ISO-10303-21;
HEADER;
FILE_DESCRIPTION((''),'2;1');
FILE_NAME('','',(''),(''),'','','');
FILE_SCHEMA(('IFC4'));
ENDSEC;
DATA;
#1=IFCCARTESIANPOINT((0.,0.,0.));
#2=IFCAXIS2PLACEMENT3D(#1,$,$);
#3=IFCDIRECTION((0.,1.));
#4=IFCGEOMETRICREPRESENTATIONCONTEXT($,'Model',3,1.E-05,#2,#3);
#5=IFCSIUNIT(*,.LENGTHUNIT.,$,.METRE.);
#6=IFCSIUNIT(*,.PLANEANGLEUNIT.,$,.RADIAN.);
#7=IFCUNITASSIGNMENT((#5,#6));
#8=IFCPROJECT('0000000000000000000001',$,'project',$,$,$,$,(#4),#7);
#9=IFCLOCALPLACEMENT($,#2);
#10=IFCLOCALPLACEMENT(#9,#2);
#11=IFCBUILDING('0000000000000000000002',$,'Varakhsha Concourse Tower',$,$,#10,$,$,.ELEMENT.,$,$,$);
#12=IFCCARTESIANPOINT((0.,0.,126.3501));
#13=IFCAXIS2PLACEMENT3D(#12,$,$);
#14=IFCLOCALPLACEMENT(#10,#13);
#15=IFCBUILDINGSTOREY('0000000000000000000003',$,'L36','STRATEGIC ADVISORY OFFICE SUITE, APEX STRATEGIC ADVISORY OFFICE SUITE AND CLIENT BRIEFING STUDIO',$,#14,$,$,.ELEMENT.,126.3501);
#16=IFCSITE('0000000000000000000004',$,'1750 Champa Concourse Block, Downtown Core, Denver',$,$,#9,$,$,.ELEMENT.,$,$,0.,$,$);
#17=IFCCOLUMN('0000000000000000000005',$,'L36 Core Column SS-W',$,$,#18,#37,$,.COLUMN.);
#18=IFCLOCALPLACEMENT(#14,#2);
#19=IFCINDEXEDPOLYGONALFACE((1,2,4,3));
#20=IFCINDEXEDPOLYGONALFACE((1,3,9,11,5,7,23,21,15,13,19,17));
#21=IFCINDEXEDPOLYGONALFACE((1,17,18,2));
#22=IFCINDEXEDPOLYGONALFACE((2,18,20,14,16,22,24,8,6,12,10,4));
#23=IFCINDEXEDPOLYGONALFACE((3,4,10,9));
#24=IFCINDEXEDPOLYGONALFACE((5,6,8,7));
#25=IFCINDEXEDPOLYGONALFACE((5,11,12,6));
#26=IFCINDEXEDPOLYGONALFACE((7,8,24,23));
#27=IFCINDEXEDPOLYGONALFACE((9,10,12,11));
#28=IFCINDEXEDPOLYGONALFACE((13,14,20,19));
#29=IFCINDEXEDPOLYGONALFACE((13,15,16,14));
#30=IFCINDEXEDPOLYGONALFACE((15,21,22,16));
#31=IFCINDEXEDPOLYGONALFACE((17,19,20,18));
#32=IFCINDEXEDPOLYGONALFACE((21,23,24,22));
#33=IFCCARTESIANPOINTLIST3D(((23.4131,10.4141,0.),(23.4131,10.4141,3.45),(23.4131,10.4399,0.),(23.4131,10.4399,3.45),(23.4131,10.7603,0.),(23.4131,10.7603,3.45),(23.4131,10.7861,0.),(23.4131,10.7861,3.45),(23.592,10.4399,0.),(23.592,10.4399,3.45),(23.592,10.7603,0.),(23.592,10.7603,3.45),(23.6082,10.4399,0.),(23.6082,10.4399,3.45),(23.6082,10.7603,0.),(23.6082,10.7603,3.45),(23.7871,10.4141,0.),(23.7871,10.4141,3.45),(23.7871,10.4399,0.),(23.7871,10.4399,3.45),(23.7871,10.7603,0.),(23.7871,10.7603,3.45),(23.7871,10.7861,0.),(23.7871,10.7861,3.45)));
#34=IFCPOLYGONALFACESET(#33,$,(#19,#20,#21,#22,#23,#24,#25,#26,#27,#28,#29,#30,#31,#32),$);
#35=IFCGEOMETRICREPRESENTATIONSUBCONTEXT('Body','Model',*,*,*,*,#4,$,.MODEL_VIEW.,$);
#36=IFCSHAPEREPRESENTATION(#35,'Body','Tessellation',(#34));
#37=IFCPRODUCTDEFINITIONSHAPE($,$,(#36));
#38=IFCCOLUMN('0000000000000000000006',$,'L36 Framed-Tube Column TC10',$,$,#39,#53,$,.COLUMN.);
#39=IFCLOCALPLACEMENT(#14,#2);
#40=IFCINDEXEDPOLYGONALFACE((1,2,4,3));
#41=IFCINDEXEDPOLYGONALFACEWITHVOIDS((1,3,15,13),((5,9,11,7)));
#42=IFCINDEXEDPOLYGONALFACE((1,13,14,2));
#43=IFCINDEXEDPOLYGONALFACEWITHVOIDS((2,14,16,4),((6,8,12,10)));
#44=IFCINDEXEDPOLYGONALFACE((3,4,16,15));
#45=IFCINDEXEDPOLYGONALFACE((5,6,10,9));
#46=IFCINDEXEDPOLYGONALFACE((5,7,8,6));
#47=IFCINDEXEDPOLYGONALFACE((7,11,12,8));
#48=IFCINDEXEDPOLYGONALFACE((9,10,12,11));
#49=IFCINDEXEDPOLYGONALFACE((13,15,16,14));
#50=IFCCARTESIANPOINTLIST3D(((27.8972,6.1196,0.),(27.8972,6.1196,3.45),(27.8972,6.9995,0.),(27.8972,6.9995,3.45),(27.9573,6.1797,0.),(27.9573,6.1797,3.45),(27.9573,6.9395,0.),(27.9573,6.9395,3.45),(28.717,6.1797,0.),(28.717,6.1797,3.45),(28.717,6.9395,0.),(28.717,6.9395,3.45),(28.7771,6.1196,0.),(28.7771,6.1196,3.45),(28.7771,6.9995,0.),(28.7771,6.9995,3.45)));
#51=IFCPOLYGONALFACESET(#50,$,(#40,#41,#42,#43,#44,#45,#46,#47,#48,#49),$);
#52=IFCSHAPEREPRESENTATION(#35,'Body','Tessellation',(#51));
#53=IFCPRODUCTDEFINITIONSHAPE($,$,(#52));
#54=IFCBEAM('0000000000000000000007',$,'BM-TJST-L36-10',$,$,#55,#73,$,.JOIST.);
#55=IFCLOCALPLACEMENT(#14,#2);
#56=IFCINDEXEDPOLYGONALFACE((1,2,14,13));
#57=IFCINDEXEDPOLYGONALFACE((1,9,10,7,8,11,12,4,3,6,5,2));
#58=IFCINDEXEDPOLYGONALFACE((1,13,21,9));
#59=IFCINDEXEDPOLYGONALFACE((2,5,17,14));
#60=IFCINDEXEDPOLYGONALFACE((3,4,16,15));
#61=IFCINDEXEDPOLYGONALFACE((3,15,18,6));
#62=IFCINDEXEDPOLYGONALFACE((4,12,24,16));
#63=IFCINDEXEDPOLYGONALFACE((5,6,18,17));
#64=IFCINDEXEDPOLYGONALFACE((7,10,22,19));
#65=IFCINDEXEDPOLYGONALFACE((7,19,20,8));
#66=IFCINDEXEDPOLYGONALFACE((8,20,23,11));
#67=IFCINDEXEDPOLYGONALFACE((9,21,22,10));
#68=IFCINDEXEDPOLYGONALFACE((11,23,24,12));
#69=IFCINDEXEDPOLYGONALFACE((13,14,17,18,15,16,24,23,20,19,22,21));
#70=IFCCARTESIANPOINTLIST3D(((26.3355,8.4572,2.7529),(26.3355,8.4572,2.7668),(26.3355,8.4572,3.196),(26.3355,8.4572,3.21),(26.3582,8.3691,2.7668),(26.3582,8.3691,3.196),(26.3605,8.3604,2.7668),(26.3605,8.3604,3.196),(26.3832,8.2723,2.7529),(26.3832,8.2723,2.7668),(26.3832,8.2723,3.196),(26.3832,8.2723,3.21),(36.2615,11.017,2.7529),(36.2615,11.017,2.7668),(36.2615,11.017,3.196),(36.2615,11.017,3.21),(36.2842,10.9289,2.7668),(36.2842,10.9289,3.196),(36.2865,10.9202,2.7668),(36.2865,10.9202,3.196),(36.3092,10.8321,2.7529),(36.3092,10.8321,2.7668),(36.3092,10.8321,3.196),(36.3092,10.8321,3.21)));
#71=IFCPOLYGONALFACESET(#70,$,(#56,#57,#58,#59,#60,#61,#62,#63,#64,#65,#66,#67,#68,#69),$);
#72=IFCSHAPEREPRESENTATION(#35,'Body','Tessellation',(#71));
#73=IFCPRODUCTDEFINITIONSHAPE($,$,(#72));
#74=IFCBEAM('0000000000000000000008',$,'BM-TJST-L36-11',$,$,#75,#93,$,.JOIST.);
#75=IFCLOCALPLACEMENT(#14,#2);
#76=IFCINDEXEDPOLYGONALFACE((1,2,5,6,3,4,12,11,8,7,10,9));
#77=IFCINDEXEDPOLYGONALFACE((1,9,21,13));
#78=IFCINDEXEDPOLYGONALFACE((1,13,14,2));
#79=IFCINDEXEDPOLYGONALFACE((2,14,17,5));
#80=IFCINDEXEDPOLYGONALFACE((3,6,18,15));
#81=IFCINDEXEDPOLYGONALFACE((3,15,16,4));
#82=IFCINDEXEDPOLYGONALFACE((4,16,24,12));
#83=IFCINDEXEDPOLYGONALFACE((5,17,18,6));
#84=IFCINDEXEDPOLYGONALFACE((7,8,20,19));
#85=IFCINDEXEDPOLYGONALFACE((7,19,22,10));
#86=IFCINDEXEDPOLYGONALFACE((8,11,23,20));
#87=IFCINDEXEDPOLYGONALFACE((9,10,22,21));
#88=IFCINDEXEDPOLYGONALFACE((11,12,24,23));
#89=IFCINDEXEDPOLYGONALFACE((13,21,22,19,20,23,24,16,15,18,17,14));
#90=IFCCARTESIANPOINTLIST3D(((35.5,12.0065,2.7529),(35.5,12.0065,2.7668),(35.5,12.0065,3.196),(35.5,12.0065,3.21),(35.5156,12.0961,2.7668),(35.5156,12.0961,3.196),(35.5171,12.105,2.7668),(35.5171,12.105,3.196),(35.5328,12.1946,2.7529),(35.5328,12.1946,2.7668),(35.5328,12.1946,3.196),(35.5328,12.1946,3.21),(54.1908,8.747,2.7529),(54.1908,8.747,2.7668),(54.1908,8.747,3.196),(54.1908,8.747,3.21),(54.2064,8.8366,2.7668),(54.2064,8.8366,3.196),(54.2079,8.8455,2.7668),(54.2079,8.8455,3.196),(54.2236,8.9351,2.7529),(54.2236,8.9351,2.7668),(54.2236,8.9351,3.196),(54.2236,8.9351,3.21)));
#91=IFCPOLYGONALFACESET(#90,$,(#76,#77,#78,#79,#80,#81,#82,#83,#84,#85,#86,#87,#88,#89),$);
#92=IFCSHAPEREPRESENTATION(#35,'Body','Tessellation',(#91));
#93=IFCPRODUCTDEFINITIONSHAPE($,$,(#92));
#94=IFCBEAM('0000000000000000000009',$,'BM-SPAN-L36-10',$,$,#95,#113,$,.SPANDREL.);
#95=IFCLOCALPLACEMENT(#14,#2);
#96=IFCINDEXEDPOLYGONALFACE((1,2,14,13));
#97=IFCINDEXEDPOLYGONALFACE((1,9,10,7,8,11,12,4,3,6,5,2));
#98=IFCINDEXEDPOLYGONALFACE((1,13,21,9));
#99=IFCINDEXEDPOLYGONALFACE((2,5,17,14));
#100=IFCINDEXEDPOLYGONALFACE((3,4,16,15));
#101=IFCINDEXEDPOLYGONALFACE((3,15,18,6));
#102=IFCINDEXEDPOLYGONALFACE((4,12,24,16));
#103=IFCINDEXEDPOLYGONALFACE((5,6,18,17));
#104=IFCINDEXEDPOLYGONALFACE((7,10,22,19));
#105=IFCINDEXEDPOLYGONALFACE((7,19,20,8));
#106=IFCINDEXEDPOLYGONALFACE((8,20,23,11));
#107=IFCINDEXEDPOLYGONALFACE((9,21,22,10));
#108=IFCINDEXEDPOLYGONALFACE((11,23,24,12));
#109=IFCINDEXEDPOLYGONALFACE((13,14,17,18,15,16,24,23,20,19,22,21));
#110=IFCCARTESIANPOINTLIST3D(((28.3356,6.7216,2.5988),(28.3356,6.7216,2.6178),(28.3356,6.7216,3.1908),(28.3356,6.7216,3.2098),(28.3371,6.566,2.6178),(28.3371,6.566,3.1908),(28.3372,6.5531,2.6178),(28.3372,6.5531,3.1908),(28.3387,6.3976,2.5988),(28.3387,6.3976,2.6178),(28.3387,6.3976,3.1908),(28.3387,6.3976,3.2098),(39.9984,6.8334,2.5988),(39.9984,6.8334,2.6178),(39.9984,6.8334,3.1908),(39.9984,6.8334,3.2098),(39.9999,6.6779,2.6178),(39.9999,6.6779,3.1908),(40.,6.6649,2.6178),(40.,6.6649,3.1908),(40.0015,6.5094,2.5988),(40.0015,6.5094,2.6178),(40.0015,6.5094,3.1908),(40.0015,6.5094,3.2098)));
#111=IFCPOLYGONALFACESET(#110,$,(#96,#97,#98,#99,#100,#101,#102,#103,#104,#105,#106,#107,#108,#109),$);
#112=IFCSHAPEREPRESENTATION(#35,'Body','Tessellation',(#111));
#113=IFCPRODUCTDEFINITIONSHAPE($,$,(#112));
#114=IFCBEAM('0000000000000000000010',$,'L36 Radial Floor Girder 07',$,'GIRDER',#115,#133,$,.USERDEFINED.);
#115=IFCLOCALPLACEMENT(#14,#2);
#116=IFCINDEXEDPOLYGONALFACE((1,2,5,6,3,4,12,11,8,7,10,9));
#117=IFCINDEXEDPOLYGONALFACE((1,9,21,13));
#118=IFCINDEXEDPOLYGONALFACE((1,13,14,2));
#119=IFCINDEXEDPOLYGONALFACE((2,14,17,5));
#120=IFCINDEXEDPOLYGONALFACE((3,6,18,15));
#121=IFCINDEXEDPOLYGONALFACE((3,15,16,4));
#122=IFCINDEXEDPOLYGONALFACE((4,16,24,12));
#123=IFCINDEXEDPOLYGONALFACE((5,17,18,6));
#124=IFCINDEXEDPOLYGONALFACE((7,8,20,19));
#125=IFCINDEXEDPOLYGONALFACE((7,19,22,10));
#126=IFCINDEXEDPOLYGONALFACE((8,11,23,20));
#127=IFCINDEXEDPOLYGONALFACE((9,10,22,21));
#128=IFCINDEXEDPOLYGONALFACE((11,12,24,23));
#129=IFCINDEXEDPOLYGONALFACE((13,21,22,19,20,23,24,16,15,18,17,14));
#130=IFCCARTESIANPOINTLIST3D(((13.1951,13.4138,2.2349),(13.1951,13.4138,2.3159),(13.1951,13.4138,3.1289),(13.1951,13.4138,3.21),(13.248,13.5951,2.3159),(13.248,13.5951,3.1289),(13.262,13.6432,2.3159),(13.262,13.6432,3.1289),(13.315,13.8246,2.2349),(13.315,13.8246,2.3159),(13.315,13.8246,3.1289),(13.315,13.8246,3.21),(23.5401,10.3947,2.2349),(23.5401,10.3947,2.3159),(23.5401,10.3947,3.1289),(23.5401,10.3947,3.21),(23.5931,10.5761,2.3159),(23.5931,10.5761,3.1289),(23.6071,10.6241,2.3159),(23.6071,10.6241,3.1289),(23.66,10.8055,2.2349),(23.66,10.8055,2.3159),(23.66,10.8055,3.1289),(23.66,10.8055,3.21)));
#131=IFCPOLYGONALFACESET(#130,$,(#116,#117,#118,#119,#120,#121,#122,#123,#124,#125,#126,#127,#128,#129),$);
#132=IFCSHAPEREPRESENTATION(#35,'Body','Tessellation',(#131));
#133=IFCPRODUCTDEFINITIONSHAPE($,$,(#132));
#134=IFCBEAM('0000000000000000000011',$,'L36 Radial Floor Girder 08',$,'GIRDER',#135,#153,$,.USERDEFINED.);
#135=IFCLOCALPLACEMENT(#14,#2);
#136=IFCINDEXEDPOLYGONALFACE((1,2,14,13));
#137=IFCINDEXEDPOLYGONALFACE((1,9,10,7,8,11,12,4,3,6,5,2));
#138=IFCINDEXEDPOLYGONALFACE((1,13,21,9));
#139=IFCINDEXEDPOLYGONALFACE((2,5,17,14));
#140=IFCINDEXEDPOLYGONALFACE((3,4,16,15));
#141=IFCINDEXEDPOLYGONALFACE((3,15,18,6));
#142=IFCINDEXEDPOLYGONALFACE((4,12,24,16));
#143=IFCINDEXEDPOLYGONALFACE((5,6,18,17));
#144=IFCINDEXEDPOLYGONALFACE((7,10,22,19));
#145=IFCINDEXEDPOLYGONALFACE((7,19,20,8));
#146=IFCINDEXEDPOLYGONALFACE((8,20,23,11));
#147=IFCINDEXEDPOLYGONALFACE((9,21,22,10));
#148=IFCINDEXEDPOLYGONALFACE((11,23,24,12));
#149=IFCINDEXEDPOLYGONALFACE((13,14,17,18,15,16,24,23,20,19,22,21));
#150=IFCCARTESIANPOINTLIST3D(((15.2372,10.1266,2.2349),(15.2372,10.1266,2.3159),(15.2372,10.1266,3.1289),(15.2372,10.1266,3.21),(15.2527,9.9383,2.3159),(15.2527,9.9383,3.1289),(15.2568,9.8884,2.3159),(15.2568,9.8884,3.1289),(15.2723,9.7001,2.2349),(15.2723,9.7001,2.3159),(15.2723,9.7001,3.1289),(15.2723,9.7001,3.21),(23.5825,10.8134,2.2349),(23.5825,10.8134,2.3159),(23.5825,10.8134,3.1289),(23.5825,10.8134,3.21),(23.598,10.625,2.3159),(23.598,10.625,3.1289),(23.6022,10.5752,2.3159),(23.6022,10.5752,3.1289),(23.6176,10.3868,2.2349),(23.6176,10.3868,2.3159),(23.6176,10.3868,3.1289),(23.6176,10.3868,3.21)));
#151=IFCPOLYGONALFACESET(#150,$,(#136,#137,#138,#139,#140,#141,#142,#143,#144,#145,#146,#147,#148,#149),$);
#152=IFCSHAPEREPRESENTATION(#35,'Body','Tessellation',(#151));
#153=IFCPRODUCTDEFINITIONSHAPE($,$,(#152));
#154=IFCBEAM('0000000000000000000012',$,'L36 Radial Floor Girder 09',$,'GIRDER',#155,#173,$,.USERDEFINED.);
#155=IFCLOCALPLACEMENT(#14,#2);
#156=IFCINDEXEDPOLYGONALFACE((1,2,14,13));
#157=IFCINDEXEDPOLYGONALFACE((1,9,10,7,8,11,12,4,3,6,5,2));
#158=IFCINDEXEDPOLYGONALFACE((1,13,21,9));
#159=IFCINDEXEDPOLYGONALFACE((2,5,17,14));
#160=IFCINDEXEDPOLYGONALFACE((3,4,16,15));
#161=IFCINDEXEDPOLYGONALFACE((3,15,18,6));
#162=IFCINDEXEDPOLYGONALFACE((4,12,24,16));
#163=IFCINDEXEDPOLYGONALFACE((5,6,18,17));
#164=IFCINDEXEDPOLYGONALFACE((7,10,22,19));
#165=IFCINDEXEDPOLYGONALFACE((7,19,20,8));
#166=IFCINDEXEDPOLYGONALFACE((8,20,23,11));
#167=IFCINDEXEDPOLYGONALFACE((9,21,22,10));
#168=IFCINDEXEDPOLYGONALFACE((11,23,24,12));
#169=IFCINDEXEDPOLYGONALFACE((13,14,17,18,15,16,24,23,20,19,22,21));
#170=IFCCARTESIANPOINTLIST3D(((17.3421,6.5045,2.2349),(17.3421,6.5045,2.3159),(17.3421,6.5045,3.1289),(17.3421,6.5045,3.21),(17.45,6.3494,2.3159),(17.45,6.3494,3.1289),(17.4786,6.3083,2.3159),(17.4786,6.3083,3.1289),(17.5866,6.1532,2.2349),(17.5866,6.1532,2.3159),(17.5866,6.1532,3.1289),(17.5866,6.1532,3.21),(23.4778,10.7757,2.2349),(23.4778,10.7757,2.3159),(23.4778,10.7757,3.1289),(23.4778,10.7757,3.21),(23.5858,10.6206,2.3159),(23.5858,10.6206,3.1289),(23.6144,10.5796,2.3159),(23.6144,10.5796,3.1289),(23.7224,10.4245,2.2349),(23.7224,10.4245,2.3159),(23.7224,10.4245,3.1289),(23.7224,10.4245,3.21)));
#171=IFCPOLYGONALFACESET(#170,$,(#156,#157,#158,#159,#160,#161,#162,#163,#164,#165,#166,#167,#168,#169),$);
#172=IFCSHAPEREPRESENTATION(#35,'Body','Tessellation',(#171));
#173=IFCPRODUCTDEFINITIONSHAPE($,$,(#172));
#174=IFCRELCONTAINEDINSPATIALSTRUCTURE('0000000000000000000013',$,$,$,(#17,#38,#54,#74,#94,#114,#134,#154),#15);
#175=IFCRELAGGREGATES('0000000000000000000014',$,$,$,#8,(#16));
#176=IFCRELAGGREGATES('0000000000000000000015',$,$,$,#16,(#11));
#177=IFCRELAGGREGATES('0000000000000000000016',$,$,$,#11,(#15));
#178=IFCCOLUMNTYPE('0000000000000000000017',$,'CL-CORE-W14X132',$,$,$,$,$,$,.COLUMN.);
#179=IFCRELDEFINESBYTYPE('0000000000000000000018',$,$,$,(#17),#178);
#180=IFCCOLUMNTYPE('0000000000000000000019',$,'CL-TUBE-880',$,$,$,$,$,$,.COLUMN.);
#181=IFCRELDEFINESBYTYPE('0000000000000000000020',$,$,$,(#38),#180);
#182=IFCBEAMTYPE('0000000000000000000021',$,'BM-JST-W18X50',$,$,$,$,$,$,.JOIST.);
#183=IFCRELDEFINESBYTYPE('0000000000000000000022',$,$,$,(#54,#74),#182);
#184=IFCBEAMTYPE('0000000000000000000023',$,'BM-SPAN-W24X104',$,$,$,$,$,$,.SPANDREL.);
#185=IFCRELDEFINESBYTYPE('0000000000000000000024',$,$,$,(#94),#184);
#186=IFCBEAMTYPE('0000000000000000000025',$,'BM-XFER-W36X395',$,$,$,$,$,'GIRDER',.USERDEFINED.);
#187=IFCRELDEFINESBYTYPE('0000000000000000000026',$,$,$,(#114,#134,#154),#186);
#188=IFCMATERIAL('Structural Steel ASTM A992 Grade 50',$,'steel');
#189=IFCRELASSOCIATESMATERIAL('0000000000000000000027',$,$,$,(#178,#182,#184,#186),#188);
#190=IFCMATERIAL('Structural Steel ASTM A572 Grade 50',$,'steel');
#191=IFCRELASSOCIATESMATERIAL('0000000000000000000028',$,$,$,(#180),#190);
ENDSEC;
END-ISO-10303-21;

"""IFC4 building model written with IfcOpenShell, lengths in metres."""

from ifc_helpers import new_model, si_unit, direction, frame, origin, origin_2d, place, context, subcontext, project, spatial, hollow_rectangle, i_section, extrude, material, material_profile, profile_set, type_object, element, save


model = new_model("IFC4")

# Units and contexts
model_context = context("Model", 3, precision=1e-05, world=origin(), true_north=direction((0.0, 1.0)))
body_context = subcontext(model_context, "Body", "Model", "MODEL_VIEW")
ifc_project = project(units=[si_unit("LENGTHUNIT", "METRE"), si_unit("PLANEANGLEUNIT", "RADIAN")], contexts=[model_context])

# Site, building, storey
site_placement = place(None, origin())
site = spatial("IfcSite", under=ifc_project, at=site_placement, Name="1750 Champa Concourse Block, Downtown Core, Denver", CompositionType="ELEMENT", RefElevation=0.0)
building_placement = place(site_placement, origin())
building = spatial("IfcBuilding", under=site, at=building_placement, Name="Varakhsha Concourse Tower", CompositionType="ELEMENT")
storey_placement = place(building_placement, frame((0.0, 0.0, 126.3501)))
storey = spatial("IfcBuildingStorey", under=building, at=storey_placement, Name="L36", Description="STRATEGIC ADVISORY OFFICE SUITE, APEX STRATEGIC ADVISORY OFFICE SUITE AND CLIENT BRIEFING STUDIO", CompositionType="ELEMENT", Elevation=126.3501)

# Columns
ifc_material_1 = material(Name="Structural Steel ASTM A992 Grade 50", Category="steel")
ifc_material_profile_1 = material_profile(ifc_material_1, i_section(OverallWidth=0.374, OverallDepth=0.3721, WebThickness=0.0161, FlangeThickness=0.0259, at=origin_2d()), Name="W14X132")
ifc_profile_set_1 = profile_set([ifc_material_profile_1], Name="Structural Steel ASTM A992 Grade 50")
column_type_1 = type_object("IfcColumnType", Name="CL-CORE-W14X132", PredefinedType="COLUMN", material=ifc_profile_set_1)
column_1_placement = place(storey_placement, frame((23.6001, 10.6001, 0.0), z_axis=(0.0, 0.0, 1.0), x_axis=(1.0, 0.0, 0.0)))
element("IfcColumn", 1, at=column_1_placement, inside=storey, type_object=column_type_1, Name="L36 Core Column SS-W", PredefinedType="COLUMN", context=body_context, shape_type="SweptSolid", body=[
    extrude(i_section(OverallWidth=0.374, OverallDepth=0.3721, WebThickness=0.0161, FlangeThickness=0.0259, at=origin_2d()), origin(), (0.0, 0.0, 1.0), 3.45),
])
ifc_material_2 = material(Name="Structural Steel ASTM A572 Grade 50", Category="steel")
ifc_material_profile_2 = material_profile(ifc_material_2, hollow_rectangle(XDim=0.8799, YDim=0.8799, WallThickness=0.0601, at=origin_2d()), Name="BOX 880x880x60")
ifc_profile_set_2 = profile_set([ifc_material_profile_2], Name="Structural Steel ASTM A572 Grade 50")
column_type_2 = type_object("IfcColumnType", Name="CL-TUBE-880", PredefinedType="COLUMN", material=ifc_profile_set_2)
column_2_placement = place(storey_placement, frame((28.3372, 6.5596, 0.0), z_axis=(0.0, 0.0, 1.0), x_axis=(1.0, 0.0, 0.0)))
element("IfcColumn", 2, at=column_2_placement, inside=storey, type_object=column_type_2, Name="L36 Framed-Tube Column TC10", PredefinedType="COLUMN", context=body_context, shape_type="SweptSolid", body=[
    extrude(hollow_rectangle(XDim=0.8799, YDim=0.8799, WallThickness=0.0601, at=origin_2d()), origin(), (0.0, 0.0, 1.0), 3.45),
])

# Beams
ifc_material_profile_3 = material_profile(ifc_material_1, i_section(OverallWidth=0.1909, OverallDepth=0.457, WebThickness=0.009, FlangeThickness=0.0139, at=origin_2d()), Name="W18X50")
ifc_profile_set_3 = profile_set([ifc_material_profile_3], Name="Structural Steel ASTM A992 Grade 50")
beam_type_1 = type_object("IfcBeamType", Name="BM-JST-W18X50", PredefinedType="JOIST", material=ifc_profile_set_3)
beam_1_placement = place(storey_placement, frame((26.3594, 8.3647, 2.9814), z_axis=(0.968318, 0.249719, 0.0), x_axis=(-0.249719, 0.968318, 0.0)))
element("IfcBeam", 3, at=beam_1_placement, inside=storey, type_object=beam_type_1, Name="BM-TJST-L36-10", PredefinedType="JOIST", context=body_context, shape_type="SweptSolid", body=[
    extrude(i_section(OverallWidth=0.1909, OverallDepth=0.457, WebThickness=0.009, FlangeThickness=0.0139, at=origin_2d()), origin(), (0.0, 0.0, 1.0), 10.2507),
])
beam_2_placement = place(storey_placement, frame((35.5164, 12.1006, 2.9814), z_axis=(0.985132, -0.171798, 0.0), x_axis=(0.171798, 0.985132, 0.0)))
element("IfcBeam", 4, at=beam_2_placement, inside=storey, type_object=beam_type_1, Name="BM-TJST-L36-11", PredefinedType="JOIST", context=body_context, shape_type="SweptSolid", body=[
    extrude(i_section(OverallWidth=0.1909, OverallDepth=0.457, WebThickness=0.009, FlangeThickness=0.0139, at=origin_2d()), origin(), (0.0, 0.0, 1.0), 18.9729),
])
ifc_material_profile_4 = material_profile(ifc_material_1, i_section(OverallWidth=0.324, OverallDepth=0.6111, WebThickness=0.0129, FlangeThickness=0.019, at=origin_2d()), Name="W24X104")
ifc_profile_set_4 = profile_set([ifc_material_profile_4], Name="Structural Steel ASTM A992 Grade 50")
beam_type_2 = type_object("IfcBeamType", Name="BM-SPAN-W24X104", PredefinedType="SPANDREL", material=ifc_profile_set_4)
beam_3_placement = place(storey_placement, frame((28.3372, 6.5596, 2.9043), z_axis=(0.999954, 0.009587, 0.0), x_axis=(-0.009587, 0.999954, 0.0)))
element("IfcBeam", 5, at=beam_3_placement, inside=storey, type_object=beam_type_2, Name="BM-SPAN-L36-10", PredefinedType="SPANDREL", context=body_context, shape_type="SweptSolid", body=[
    extrude(i_section(OverallWidth=0.324, OverallDepth=0.6111, WebThickness=0.0129, FlangeThickness=0.019, at=origin_2d()), origin(), (0.0, 0.0, 1.0), 11.6633),
])
ifc_material_profile_5 = material_profile(ifc_material_1, i_section(OverallWidth=0.428, OverallDepth=0.9751, WebThickness=0.05, FlangeThickness=0.0811, at=origin_2d()), Name="W36X395")
ifc_profile_set_5 = profile_set([ifc_material_profile_5], Name="Structural Steel ASTM A992 Grade 50")
beam_type_3 = type_object("IfcBeamType", Name="BM-XFER-W36X395", ElementType="GIRDER", PredefinedType="USERDEFINED", material=ifc_profile_set_5)
beam_4_placement = place(storey_placement, frame((23.6001, 10.6001, 2.7224), z_axis=(-0.959956, 0.28015, 0.0), x_axis=(-0.28015, -0.959956, 0.0)))
element("IfcBeam", 6, at=beam_4_placement, inside=storey, type_object=beam_type_3, Name="L36 Radial Floor Girder 07", ObjectType="GIRDER", PredefinedType="USERDEFINED", context=body_context, shape_type="SweptSolid", body=[
    extrude(i_section(OverallWidth=0.428, OverallDepth=0.9751, WebThickness=0.05, FlangeThickness=0.0811, at=origin_2d()), origin(), (0.0, 0.0, 1.0), 10.7766),
])
beam_5_placement = place(storey_placement, frame((23.6001, 10.6001, 2.7224), z_axis=(-0.996631, -0.082018, 0.0), x_axis=(0.082018, -0.996631, 0.0)))
element("IfcBeam", 7, at=beam_5_placement, inside=storey, type_object=beam_type_3, Name="L36 Radial Floor Girder 08", ObjectType="GIRDER", PredefinedType="USERDEFINED", context=body_context, shape_type="SweptSolid", body=[
    extrude(i_section(OverallWidth=0.428, OverallDepth=0.9751, WebThickness=0.05, FlangeThickness=0.0811, at=origin_2d()), origin(), (0.0, 0.0, 1.0), 8.3735),
])
beam_6_placement = place(storey_placement, frame((23.6001, 10.6001, 2.7224), z_axis=(-0.820723, -0.571326, 0.0), x_axis=(0.571326, -0.820723, 0.0)))
element("IfcBeam", 8, at=beam_6_placement, inside=storey, type_object=beam_type_3, Name="L36 Radial Floor Girder 09", ObjectType="GIRDER", PredefinedType="USERDEFINED", context=body_context, shape_type="SweptSolid", body=[
    extrude(i_section(OverallWidth=0.428, OverallDepth=0.9751, WebThickness=0.05, FlangeThickness=0.0811, at=origin_2d()), origin(), (0.0, 0.0, 1.0), 7.4761),
])

save(model, "model.ifc")
